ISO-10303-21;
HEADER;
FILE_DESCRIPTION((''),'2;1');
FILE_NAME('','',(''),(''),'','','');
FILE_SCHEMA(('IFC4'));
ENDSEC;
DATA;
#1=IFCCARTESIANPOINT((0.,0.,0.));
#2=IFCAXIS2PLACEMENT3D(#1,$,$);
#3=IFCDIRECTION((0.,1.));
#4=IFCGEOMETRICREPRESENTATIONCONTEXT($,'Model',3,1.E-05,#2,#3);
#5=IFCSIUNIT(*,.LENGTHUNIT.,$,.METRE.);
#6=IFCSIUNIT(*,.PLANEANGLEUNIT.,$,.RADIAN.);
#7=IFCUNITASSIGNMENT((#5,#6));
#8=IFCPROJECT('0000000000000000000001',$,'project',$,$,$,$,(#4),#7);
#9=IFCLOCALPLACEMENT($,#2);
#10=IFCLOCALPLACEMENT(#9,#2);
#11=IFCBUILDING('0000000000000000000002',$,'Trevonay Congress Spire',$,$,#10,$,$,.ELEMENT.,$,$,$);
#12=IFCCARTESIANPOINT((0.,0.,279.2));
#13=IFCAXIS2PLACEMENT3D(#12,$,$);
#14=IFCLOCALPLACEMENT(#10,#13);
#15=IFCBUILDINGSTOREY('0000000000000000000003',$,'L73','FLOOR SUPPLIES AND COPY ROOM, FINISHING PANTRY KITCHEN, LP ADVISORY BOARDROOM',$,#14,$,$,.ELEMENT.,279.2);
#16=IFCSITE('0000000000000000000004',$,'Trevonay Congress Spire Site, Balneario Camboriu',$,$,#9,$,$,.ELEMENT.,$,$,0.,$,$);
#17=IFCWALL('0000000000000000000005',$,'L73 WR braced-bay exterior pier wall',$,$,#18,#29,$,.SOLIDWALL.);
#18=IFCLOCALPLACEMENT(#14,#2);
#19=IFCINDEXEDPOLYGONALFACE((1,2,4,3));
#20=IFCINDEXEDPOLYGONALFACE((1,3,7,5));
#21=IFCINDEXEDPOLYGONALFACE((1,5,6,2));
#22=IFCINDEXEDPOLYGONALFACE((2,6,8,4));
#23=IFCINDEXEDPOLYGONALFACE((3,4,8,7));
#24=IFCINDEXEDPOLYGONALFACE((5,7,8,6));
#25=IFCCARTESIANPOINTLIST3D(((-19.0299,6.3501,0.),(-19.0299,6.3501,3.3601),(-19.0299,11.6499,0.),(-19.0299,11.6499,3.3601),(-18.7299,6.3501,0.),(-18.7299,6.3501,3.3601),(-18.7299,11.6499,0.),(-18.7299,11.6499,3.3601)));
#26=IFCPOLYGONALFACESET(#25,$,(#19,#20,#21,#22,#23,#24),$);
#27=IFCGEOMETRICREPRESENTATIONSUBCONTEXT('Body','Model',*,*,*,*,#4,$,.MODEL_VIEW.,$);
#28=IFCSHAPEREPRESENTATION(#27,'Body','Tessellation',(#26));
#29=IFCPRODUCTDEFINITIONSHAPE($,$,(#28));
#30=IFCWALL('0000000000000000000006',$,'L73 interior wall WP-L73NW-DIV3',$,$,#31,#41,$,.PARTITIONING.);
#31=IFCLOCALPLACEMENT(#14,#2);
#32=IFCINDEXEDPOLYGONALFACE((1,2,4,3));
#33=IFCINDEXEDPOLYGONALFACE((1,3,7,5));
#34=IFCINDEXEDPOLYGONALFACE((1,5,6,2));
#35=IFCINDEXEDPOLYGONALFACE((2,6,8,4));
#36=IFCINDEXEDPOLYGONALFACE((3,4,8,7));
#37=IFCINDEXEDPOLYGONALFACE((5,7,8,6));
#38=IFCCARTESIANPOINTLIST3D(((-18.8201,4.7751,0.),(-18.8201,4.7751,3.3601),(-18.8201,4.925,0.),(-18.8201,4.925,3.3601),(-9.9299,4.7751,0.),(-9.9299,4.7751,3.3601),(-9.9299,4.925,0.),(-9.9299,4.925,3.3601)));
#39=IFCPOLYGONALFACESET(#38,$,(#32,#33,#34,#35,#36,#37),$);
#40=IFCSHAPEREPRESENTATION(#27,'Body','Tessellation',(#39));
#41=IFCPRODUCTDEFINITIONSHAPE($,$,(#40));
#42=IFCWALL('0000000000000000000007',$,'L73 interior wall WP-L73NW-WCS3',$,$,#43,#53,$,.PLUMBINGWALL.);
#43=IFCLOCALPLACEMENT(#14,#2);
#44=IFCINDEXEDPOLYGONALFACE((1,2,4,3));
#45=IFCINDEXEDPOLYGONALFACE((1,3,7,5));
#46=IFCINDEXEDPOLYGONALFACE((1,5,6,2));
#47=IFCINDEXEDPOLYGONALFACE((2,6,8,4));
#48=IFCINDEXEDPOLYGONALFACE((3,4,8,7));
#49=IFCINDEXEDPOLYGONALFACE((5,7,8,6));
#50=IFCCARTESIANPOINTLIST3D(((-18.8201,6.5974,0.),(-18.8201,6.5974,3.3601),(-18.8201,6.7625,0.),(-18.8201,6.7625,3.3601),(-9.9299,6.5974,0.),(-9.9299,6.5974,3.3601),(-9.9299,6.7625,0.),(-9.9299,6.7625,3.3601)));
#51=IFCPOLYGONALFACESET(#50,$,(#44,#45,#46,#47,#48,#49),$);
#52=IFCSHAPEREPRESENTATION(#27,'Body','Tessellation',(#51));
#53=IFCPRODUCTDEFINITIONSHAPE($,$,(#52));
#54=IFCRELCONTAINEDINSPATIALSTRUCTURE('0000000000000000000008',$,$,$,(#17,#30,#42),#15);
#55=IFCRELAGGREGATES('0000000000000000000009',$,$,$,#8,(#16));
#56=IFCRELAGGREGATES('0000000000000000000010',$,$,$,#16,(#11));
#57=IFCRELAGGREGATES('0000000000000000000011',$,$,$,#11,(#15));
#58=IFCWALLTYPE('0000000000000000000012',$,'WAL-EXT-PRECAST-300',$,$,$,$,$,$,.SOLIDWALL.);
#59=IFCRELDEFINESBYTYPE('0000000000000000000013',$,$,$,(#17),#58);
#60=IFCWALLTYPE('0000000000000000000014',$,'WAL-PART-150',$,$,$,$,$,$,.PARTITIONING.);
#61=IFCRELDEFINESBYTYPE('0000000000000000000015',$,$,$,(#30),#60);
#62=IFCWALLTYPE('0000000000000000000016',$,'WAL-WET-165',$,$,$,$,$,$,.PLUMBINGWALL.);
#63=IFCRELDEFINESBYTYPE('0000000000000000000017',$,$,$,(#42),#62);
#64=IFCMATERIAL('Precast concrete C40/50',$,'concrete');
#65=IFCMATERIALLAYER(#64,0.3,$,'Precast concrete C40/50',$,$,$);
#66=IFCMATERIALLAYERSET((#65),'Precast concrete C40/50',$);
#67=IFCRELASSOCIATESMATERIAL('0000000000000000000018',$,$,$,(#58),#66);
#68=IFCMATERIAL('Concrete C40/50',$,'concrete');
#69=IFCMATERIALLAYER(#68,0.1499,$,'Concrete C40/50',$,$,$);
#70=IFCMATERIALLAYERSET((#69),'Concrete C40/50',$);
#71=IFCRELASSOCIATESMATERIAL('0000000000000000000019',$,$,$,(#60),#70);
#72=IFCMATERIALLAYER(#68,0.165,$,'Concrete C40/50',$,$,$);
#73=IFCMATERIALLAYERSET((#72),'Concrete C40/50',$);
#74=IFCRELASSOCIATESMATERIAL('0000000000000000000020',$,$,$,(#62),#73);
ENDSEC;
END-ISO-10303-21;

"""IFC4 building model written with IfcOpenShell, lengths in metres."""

from ifc_helpers import new_model, si_unit, direction, frame, frame_2d, origin, place, context, subcontext, project, spatial, rectangle, extrude, material, layer, layer_set, type_object, element, save


model = new_model("IFC4")

# Units and contexts
model_context = context("Model", 3, precision=1e-05, world=origin(), true_north=direction((0.0, 1.0)))
body_context = subcontext(model_context, "Body", "Model", "MODEL_VIEW")
ifc_project = project(units=[si_unit("LENGTHUNIT", "METRE"), si_unit("PLANEANGLEUNIT", "RADIAN")], contexts=[model_context])

# Site, building, storey
site_placement = place(None, origin())
site = spatial("IfcSite", under=ifc_project, at=site_placement, Name="Trevonay Congress Spire Site, Balneario Camboriu", CompositionType="ELEMENT", RefElevation=0.0)
building_placement = place(site_placement, origin())
building = spatial("IfcBuilding", under=site, at=building_placement, Name="Trevonay Congress Spire", CompositionType="ELEMENT")
storey_placement = place(building_placement, frame((0.0, 0.0, 279.2)))
storey = spatial("IfcBuildingStorey", under=building, at=storey_placement, Name="L73", Description="FLOOR SUPPLIES AND COPY ROOM, FINISHING PANTRY KITCHEN, LP ADVISORY BOARDROOM", CompositionType="ELEMENT", Elevation=279.2)

# Walls
ifc_material_1 = material(Name="Precast concrete C40/50", Category="concrete")
ifc_layer_1 = layer(ifc_material_1, 0.3, Name="Precast concrete C40/50")
ifc_layer_set_1 = layer_set([ifc_layer_1], Name="Precast concrete C40/50")
wall_type_1 = type_object("IfcWallType", Name="WAL-EXT-PRECAST-300", PredefinedType="SOLIDWALL", material=ifc_layer_set_1)
wall_1_placement = place(storey_placement, frame((-18.8799, 6.3501, 0.0), z_axis=(0.0, 0.0, 1.0), x_axis=(0.0, 1.0, 0.0)))
element("IfcWall", 1, at=wall_1_placement, inside=storey, type_object=wall_type_1, Name="L73 WR braced-bay exterior pier wall", PredefinedType="SOLIDWALL", context=body_context, shape_type="SweptSolid", body=[
    extrude(rectangle(XDim=5.2998, YDim=0.3, at=frame_2d((2.6499, 0.0))), origin(), (0.0, 0.0, 1.0), 3.3601),
])
ifc_material_2 = material(Name="Concrete C40/50", Category="concrete")
ifc_layer_2 = layer(ifc_material_2, 0.1499, Name="Concrete C40/50")
ifc_layer_set_2 = layer_set([ifc_layer_2], Name="Concrete C40/50")
wall_type_2 = type_object("IfcWallType", Name="WAL-PART-150", PredefinedType="PARTITIONING", material=ifc_layer_set_2)
wall_2_placement = place(storey_placement, frame((-18.8201, 4.8501, 0.0), z_axis=(0.0, 0.0, 1.0), x_axis=(1.0, 0.0, 0.0)))
element("IfcWall", 2, at=wall_2_placement, inside=storey, type_object=wall_type_2, Name="L73 interior wall WP-L73NW-DIV3", PredefinedType="PARTITIONING", context=body_context, shape_type="SweptSolid", body=[
    extrude(rectangle(XDim=8.8901, YDim=0.1499, at=frame_2d((4.4451, 0.0))), origin(), (0.0, 0.0, 1.0), 3.3601),
])
ifc_layer_3 = layer(ifc_material_2, 0.165, Name="Concrete C40/50")
ifc_layer_set_3 = layer_set([ifc_layer_3], Name="Concrete C40/50")
wall_type_3 = type_object("IfcWallType", Name="WAL-WET-165", PredefinedType="PLUMBINGWALL", material=ifc_layer_set_3)
wall_3_placement = place(storey_placement, frame((-18.8201, 6.6799, 0.0), z_axis=(0.0, 0.0, 1.0), x_axis=(1.0, 0.0, 0.0)))
element("IfcWall", 3, at=wall_3_placement, inside=storey, type_object=wall_type_3, Name="L73 interior wall WP-L73NW-WCS3", PredefinedType="PLUMBINGWALL", context=body_context, shape_type="SweptSolid", body=[
    extrude(rectangle(XDim=8.8901, YDim=0.165, at=frame_2d((4.4451, 0.0))), origin(), (0.0, 0.0, 1.0), 3.3601),
])

save(model, "model.ifc")
